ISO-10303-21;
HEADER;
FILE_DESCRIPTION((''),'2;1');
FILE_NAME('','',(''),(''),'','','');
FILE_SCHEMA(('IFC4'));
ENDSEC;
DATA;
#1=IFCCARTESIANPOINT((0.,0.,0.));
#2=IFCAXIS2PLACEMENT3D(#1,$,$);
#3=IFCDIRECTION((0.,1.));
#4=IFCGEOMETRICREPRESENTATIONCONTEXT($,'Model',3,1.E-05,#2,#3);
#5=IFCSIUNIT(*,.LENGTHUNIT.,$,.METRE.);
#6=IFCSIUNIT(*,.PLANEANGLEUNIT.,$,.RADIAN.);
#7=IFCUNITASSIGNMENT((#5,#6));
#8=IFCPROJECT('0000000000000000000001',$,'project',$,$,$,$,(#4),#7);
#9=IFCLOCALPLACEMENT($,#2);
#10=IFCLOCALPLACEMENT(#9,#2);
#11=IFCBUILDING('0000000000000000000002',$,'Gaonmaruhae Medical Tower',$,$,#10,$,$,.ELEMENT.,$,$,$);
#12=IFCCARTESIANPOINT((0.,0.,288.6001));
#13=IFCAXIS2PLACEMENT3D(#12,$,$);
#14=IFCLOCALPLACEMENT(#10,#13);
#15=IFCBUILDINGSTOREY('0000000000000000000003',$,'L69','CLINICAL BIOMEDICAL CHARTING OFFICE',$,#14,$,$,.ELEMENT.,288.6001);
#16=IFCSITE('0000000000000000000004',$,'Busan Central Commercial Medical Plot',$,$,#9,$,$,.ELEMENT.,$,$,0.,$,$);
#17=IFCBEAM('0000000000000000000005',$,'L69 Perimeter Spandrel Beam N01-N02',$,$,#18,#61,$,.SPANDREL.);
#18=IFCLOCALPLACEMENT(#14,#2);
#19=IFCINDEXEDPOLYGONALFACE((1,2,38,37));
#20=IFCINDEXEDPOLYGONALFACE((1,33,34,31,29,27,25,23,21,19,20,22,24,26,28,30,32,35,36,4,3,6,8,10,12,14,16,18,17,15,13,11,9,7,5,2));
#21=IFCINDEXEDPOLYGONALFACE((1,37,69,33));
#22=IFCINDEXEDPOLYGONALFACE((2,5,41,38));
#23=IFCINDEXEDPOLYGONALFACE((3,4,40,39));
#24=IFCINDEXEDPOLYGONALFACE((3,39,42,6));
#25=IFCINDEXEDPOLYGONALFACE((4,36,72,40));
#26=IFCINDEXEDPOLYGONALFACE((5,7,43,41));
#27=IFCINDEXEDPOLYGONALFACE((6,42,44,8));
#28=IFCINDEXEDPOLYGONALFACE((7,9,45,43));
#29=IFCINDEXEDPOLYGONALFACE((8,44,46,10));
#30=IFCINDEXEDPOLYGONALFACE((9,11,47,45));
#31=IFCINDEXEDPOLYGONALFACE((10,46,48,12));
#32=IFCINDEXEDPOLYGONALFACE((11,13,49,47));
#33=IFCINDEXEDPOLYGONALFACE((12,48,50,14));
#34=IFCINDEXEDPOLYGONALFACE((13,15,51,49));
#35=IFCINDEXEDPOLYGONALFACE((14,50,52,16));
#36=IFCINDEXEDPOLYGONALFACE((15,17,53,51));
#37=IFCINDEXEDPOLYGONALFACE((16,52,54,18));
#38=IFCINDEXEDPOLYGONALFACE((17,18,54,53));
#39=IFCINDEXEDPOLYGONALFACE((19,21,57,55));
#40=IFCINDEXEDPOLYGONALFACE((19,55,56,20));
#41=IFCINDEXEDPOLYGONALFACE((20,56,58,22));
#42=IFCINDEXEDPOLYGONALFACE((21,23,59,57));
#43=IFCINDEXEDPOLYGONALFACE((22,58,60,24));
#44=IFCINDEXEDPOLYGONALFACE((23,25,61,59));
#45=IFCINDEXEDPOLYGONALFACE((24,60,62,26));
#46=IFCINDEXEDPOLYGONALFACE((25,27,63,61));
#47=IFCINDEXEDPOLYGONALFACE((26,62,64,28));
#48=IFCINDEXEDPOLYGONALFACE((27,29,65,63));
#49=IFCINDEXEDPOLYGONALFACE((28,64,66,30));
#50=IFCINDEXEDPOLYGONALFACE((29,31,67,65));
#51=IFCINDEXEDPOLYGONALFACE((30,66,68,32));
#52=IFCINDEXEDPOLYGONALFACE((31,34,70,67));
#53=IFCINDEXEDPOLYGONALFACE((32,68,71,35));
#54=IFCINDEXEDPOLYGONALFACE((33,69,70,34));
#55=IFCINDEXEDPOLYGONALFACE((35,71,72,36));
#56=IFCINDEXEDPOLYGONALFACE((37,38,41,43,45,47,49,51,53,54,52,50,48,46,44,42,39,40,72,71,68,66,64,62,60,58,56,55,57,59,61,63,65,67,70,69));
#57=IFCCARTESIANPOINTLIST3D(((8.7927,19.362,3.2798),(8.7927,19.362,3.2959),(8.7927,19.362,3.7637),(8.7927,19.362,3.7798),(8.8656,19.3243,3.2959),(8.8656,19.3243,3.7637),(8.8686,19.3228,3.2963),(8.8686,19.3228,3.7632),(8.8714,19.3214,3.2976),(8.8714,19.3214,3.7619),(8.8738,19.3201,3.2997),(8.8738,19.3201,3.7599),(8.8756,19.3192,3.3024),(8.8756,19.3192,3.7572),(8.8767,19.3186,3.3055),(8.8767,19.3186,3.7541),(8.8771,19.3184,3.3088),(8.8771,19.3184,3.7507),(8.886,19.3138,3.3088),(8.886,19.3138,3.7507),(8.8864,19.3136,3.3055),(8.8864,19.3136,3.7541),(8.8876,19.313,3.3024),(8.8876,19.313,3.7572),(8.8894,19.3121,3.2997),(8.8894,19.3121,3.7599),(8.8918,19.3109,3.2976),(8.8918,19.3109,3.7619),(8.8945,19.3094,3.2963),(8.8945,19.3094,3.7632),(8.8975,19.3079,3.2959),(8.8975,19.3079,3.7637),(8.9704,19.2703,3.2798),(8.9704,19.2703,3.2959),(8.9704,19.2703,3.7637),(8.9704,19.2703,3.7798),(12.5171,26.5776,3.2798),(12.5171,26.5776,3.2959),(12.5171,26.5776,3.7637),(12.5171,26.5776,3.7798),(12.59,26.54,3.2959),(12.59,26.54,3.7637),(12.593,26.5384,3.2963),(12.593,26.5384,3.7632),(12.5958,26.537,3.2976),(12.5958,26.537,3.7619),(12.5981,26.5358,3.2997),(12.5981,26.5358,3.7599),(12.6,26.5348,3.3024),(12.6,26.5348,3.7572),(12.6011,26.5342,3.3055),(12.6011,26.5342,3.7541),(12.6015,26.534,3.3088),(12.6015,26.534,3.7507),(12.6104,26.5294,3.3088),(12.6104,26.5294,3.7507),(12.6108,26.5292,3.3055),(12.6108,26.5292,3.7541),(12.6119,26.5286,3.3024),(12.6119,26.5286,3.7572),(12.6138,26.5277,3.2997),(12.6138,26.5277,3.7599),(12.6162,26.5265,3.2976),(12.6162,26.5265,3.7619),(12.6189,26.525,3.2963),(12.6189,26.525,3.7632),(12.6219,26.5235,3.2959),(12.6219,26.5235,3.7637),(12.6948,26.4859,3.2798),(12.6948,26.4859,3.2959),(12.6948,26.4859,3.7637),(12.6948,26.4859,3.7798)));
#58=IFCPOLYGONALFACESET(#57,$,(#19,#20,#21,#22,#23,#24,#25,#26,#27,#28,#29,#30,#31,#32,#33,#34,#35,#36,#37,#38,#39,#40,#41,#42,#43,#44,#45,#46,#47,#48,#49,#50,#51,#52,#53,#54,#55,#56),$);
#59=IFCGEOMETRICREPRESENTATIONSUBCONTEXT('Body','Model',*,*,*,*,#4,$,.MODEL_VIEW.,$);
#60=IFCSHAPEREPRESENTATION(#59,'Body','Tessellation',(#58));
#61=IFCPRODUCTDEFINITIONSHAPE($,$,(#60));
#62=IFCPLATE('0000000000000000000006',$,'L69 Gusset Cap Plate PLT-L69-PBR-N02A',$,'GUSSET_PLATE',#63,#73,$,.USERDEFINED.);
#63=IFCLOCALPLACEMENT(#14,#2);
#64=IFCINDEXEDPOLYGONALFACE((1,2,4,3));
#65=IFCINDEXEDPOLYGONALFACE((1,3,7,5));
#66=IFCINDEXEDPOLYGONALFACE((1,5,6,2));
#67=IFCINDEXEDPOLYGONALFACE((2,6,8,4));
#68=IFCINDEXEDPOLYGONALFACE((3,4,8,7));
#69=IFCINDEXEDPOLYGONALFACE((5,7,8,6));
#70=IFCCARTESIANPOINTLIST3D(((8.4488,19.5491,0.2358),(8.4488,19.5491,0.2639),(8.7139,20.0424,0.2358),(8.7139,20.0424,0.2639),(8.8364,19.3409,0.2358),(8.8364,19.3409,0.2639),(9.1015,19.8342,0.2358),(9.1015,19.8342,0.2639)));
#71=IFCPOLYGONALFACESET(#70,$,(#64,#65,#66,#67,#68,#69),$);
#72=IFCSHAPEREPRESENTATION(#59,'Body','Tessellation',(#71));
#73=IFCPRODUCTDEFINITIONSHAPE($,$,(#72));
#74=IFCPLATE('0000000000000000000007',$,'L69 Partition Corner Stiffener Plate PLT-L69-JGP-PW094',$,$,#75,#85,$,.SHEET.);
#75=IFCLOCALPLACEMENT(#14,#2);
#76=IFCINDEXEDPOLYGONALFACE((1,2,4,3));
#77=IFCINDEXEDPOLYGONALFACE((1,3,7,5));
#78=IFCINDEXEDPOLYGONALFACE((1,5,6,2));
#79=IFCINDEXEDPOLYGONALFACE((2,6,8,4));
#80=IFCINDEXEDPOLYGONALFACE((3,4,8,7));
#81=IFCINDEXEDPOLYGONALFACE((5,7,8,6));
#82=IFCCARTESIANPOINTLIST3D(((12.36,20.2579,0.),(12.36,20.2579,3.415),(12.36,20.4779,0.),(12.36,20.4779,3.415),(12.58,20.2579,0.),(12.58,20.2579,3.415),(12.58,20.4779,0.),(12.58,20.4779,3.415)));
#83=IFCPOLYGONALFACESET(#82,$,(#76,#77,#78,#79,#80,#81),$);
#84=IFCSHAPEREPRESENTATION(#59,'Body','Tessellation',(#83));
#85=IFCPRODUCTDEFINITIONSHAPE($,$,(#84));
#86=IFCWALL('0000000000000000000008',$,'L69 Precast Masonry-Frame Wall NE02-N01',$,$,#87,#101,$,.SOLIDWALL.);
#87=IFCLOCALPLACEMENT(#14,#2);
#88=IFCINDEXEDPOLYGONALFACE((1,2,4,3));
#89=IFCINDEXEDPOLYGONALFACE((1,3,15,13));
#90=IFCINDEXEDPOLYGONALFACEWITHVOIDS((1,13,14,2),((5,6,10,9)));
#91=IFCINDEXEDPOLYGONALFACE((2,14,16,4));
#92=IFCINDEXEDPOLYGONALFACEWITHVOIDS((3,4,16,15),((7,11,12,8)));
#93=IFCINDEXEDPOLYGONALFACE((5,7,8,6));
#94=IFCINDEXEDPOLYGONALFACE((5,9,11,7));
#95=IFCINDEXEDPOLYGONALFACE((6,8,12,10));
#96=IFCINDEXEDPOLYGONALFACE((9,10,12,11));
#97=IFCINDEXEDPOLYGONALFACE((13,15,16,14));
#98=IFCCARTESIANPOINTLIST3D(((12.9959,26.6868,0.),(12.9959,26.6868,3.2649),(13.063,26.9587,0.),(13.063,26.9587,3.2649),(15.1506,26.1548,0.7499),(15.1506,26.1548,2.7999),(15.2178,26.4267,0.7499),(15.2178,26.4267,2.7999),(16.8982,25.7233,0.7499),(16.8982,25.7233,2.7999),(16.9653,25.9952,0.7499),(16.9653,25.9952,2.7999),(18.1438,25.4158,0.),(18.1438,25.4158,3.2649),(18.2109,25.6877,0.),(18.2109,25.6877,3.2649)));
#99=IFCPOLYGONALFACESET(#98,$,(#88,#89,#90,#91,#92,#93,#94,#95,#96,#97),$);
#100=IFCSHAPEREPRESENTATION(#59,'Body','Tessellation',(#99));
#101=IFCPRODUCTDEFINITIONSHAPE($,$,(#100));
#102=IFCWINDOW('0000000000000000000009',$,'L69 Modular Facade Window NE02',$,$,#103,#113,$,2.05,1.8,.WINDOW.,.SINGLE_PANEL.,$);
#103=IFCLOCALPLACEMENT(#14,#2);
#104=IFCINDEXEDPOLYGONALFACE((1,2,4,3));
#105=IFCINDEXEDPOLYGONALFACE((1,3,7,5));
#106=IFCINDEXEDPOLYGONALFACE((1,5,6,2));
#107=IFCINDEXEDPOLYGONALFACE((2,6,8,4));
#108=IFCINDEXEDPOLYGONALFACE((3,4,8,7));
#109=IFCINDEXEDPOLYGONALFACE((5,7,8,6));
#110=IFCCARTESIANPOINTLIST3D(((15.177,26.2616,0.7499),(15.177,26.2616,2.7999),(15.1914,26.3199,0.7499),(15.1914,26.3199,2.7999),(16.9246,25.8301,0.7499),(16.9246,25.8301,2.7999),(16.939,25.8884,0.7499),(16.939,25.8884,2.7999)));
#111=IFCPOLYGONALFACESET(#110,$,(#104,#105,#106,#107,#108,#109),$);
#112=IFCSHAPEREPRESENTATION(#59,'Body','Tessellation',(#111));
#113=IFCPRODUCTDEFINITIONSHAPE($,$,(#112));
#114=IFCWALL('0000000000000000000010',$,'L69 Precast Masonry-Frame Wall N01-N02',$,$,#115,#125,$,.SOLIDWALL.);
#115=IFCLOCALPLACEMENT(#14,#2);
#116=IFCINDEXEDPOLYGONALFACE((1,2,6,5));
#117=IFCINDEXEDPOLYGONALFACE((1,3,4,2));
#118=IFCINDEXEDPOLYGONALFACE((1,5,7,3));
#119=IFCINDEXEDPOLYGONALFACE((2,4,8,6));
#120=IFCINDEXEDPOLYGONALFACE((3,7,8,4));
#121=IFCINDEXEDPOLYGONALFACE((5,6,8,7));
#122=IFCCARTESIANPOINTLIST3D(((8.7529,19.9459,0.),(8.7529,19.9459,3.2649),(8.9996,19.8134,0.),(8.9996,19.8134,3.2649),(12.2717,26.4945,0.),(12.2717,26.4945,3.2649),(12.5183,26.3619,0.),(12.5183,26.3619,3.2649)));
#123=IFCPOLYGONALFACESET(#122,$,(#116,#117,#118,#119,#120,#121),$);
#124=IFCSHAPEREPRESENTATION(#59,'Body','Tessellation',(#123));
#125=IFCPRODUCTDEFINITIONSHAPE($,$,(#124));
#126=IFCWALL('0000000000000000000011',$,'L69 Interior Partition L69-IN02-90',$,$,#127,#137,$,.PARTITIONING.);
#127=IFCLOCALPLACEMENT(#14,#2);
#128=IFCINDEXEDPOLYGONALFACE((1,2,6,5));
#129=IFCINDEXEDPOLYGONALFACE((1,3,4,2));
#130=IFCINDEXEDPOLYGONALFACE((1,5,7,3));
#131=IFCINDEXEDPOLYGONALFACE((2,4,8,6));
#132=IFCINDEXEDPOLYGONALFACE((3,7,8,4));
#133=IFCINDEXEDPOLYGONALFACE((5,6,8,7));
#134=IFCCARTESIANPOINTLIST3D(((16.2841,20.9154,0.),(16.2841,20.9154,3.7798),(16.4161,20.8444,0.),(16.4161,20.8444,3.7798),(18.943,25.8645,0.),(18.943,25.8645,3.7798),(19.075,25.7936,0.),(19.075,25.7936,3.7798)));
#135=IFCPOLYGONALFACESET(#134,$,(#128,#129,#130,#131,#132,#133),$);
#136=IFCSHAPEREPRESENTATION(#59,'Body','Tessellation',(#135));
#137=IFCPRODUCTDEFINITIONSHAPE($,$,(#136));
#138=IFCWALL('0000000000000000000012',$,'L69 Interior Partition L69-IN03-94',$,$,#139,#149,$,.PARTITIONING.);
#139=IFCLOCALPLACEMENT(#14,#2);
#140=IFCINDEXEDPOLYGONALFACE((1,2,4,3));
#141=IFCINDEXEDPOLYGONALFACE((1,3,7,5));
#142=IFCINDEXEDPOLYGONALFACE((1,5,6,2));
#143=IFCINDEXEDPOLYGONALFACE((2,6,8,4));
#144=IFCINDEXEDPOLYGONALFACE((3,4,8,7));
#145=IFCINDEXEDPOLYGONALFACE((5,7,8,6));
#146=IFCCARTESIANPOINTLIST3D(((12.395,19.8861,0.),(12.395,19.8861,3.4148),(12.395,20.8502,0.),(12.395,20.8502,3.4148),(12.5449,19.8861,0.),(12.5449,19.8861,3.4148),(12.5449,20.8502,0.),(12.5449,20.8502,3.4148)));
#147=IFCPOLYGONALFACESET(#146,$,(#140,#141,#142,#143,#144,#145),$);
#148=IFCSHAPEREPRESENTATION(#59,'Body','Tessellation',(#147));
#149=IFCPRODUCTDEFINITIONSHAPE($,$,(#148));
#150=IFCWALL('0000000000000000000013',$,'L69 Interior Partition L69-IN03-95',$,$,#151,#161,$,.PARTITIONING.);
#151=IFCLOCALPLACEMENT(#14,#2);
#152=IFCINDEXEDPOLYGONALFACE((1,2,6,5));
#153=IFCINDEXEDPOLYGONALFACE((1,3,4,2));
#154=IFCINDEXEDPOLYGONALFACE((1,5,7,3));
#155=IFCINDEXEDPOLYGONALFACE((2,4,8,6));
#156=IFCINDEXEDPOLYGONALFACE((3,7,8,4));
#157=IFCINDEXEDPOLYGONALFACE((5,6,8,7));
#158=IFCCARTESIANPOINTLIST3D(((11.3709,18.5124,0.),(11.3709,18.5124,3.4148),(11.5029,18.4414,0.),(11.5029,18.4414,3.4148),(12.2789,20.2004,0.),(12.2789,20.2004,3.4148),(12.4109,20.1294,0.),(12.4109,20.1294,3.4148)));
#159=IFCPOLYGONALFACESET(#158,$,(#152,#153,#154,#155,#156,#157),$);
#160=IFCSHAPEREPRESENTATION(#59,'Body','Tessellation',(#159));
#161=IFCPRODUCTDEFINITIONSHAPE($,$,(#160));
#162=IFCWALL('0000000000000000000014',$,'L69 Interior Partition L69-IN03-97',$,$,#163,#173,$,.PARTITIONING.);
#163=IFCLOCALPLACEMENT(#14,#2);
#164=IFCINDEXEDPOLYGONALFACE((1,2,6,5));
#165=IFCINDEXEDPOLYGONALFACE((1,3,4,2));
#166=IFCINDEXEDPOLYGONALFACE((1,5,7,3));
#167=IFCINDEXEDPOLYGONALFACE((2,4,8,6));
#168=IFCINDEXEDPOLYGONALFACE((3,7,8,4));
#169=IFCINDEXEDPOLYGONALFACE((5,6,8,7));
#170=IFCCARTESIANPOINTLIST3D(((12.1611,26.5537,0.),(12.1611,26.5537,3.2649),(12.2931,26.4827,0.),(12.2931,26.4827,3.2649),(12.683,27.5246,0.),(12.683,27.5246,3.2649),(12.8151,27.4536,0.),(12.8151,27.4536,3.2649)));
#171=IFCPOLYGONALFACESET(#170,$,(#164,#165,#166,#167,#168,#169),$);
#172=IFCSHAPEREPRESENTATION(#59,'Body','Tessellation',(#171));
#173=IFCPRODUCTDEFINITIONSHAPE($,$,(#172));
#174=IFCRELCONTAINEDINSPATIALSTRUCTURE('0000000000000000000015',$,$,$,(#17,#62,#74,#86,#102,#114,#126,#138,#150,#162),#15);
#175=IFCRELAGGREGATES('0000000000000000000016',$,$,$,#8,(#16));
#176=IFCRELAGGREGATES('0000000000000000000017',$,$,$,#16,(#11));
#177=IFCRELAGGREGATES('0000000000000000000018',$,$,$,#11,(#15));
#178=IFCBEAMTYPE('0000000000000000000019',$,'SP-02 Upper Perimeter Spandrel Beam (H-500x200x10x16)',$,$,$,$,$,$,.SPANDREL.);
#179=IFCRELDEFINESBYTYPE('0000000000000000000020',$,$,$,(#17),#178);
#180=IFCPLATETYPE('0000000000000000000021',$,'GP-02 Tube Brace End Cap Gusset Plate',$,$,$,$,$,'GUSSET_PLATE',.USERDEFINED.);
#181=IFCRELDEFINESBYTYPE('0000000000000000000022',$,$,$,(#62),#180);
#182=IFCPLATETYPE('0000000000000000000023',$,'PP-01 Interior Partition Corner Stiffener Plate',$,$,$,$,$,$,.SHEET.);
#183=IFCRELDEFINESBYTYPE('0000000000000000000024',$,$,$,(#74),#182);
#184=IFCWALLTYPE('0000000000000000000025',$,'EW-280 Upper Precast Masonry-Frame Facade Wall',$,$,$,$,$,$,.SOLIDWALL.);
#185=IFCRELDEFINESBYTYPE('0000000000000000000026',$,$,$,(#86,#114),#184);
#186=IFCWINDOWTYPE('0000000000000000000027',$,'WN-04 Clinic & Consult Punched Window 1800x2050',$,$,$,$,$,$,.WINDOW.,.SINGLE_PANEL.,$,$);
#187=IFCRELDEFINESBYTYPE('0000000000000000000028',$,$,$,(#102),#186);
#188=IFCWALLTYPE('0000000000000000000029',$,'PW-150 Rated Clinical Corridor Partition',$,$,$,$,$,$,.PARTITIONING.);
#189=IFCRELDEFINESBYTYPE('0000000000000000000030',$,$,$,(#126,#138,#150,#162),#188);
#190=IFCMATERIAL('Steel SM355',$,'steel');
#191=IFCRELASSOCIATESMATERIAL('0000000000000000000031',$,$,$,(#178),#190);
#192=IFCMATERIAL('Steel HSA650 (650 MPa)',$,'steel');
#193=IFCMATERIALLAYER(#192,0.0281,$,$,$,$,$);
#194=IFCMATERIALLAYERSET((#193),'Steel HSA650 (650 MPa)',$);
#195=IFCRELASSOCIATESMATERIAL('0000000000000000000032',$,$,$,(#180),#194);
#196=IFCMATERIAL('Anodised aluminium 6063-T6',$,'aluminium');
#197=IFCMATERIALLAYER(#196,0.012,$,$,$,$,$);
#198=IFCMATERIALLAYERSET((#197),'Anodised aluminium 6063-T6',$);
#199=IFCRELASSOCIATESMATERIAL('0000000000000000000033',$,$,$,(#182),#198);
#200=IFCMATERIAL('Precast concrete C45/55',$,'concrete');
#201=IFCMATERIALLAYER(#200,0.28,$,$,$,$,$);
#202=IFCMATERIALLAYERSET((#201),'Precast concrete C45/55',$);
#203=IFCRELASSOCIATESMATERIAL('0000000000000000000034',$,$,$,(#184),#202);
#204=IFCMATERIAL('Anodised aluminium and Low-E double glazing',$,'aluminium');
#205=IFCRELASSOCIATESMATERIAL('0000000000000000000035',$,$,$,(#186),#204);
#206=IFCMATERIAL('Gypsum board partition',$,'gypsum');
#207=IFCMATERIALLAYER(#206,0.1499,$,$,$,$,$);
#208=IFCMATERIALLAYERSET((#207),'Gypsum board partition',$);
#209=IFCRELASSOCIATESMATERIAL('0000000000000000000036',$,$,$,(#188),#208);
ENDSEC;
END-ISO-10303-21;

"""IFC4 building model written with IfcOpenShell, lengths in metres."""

from ifc_helpers import new_model, si_unit, direction, frame, frame_2d, origin, origin_2d, place, context, subcontext, project, spatial, rectangle, i_section, extrude, material, layer, layer_set, material_profile, profile_set, type_object, element, fill, save


model = new_model("IFC4")

# Units and contexts
model_context = context("Model", 3, precision=1e-05, world=origin(), true_north=direction((0.0, 1.0)))
body_context = subcontext(model_context, "Body", "Model", "MODEL_VIEW")
ifc_project = project(units=[si_unit("LENGTHUNIT", "METRE"), si_unit("PLANEANGLEUNIT", "RADIAN")], contexts=[model_context])

# Site, building, storey
site_placement = place(None, origin())
site = spatial("IfcSite", under=ifc_project, at=site_placement, Name="Busan Central Commercial Medical Plot", CompositionType="ELEMENT", RefElevation=0.0)
building_placement = place(site_placement, origin())
building = spatial("IfcBuilding", under=site, at=building_placement, Name="Gaonmaruhae Medical Tower", CompositionType="ELEMENT")
storey_placement = place(building_placement, frame((0.0, 0.0, 288.6001)))
storey = spatial("IfcBuildingStorey", under=building, at=storey_placement, Name="L69", Description="CLINICAL BIOMEDICAL CHARTING OFFICE", CompositionType="ELEMENT", Elevation=288.6001)

# Shared definitions
ifc_material_1 = material(Name="Steel SM355", Category="steel")

# Beam
ifc_material_profile_1 = material_profile(ifc_material_1, i_section(OverallWidth=0.2, OverallDepth=0.5, WebThickness=0.01, FlangeThickness=0.0161, FilletRadius=0.0129, at=origin_2d()), Name="H-500x200x10x16")
ifc_profile_set_1 = profile_set([ifc_material_profile_1], Name="Steel SM355")
beam_type_1 = type_object("IfcBeamType", Name="SP-02 Upper Perimeter Spandrel Beam (H-500x200x10x16)", PredefinedType="SPANDREL", material=ifc_profile_set_1)
beam_1_placement = place(storey_placement, frame((12.606, 26.5317, 3.5298), z_axis=(-0.458662, -0.888611, 0.0), x_axis=(0.888611, -0.458662, 0.0)))
element("IfcBeam", 1, at=beam_1_placement, inside=storey, type_object=beam_type_1, Name="L69 Perimeter Spandrel Beam N01-N02", PredefinedType="SPANDREL", context=body_context, shape_type="SweptSolid", body=[
    extrude(i_section(OverallWidth=0.2, OverallDepth=0.5, WebThickness=0.01, FlangeThickness=0.0161, FilletRadius=0.0129, at=origin_2d()), origin(), (0.0, 0.0, 1.0), 8.1201),
])

# Plates
ifc_material_2 = material(Name="Steel HSA650 (650 MPa)", Category="steel")
ifc_layer_1 = layer(ifc_material_2, 0.0281)
ifc_layer_set_1 = layer_set([ifc_layer_1], Name="Steel HSA650 (650 MPa)")
plate_type_1 = type_object("IfcPlateType", Name="GP-02 Tube Brace End Cap Gusset Plate", ElementType="GUSSET_PLATE", PredefinedType="USERDEFINED", material=ifc_layer_set_1)
plate_1_placement = place(storey_placement, frame((8.7751, 19.6917, 0.2358), z_axis=(0.0, 0.0, 1.0), x_axis=(0.47332, 0.880891, 0.0)))
element("IfcPlate", 2, at=plate_1_placement, inside=storey, type_object=plate_type_1, Name="L69 Gusset Cap Plate PLT-L69-PBR-N02A", ObjectType="GUSSET_PLATE", PredefinedType="USERDEFINED", context=body_context, shape_type="SweptSolid", body=[
    extrude(rectangle(XDim=0.5601, YDim=0.4399, at=origin_2d()), origin(), (0.0, 0.0, 1.0), 0.0281),
])
ifc_material_3 = material(Name="Anodised aluminium 6063-T6", Category="aluminium")
ifc_layer_2 = layer(ifc_material_3, 0.012)
ifc_layer_set_2 = layer_set([ifc_layer_2], Name="Anodised aluminium 6063-T6")
plate_type_2 = type_object("IfcPlateType", Name="PP-01 Interior Partition Corner Stiffener Plate", PredefinedType="SHEET", material=ifc_layer_set_2)
plate_2_placement = place(storey_placement, frame((12.47, 20.3679, 0.0), z_axis=(0.0, 0.0, 1.0), x_axis=(0.0, -1.0, 0.0)))
element("IfcPlate", 3, at=plate_2_placement, inside=storey, type_object=plate_type_2, Name="L69 Partition Corner Stiffener Plate PLT-L69-JGP-PW094", PredefinedType="SHEET", context=body_context, shape_type="SweptSolid", body=[
    extrude(rectangle(XDim=0.22, YDim=0.22, at=origin_2d()), origin(), (0.0, 0.0, 1.0), 3.415),
])

# Wall, opening, window
ifc_material_4 = material(Name="Precast concrete C45/55", Category="concrete")
ifc_layer_3 = layer(ifc_material_4, 0.28)
ifc_layer_set_3 = layer_set([ifc_layer_3], Name="Precast concrete C45/55")
wall_type_1 = type_object("IfcWallType", Name="EW-280 Upper Precast Masonry-Frame Facade Wall", PredefinedType="SOLIDWALL", material=ifc_layer_set_3)
wall_1_placement = place(storey_placement, frame((13.0293, 26.8228, 0.0), z_axis=(0.0, 0.0, 1.0), x_axis=(0.970848, -0.239696, 0.0)))
wall_1 = element("IfcWall", 4, at=wall_1_placement, inside=storey, type_object=wall_type_1, Name="L69 Precast Masonry-Frame Wall NE02-N01", PredefinedType="SOLIDWALL", context=body_context, shape_type="SweptSolid", body=[
    extrude(rectangle(XDim=5.3025, YDim=0.28, at=frame_2d((2.6514, 0.0))), origin(), (0.0, 0.0, 1.0), 3.2649),
])
opening_1_placement = place(wall_1_placement, frame((2.2197, 0.0, 0.75)))
opening_1 = element("IfcOpeningElement", 5, at=opening_1_placement, cuts=wall_1, PredefinedType="OPENING", context=body_context, shape_type="SweptSolid", body=[
    extrude(rectangle(XDim=1.8, YDim=2.05, at=frame_2d((0.8999, 1.0249))), frame((0.0, 0.1499, 0.0), z_axis=(0.0, -1.0, 0.0), x_axis=(1.0, 0.0, 0.0)), (0.0, 0.0, 1.0), 0.3),
])
ifc_material_5 = material(Name="Anodised aluminium and Low-E double glazing", Category="aluminium")
window_type = type_object("IfcWindowType", Name="WN-04 Clinic & Consult Punched Window 1800x2050", PartitioningType="SINGLE_PANEL", PredefinedType="WINDOW", material=ifc_material_5)
window_placement = place(opening_1_placement, origin())
window = element("IfcWindow", 6, at=window_placement, inside=storey, type_object=window_type, Name="L69 Modular Facade Window NE02", OverallHeight=2.05, OverallWidth=1.8, PartitioningType="SINGLE_PANEL", PredefinedType="WINDOW", context=body_context, shape_type="SweptSolid", body=[
    extrude(rectangle(XDim=1.8, YDim=2.05, at=frame_2d((0.8999, 1.0249))), frame((0.0, 0.03, 0.0), z_axis=(0.0, -1.0, 0.0), x_axis=(1.0, 0.0, 0.0)), (0.0, 0.0, 1.0), 0.0601),
])
fill(opening_1, window)

# Walls
wall_2_placement = place(storey_placement, frame((8.8762, 19.8796, 0.0), z_axis=(0.0, 0.0, 1.0), x_axis=(0.473332, 0.880884, 0.0)))
element("IfcWall", 7, at=wall_2_placement, inside=storey, type_object=wall_type_1, Name="L69 Precast Masonry-Frame Wall N01-N02", PredefinedType="SOLIDWALL", context=body_context, shape_type="SweptSolid", body=[
    extrude(rectangle(XDim=7.4341, YDim=0.28, at=frame_2d((3.717, 0.0))), origin(), (0.0, 0.0, 1.0), 3.2649),
])
ifc_material_6 = material(Name="Gypsum board partition", Category="gypsum")
ifc_layer_4 = layer(ifc_material_6, 0.1499)
ifc_layer_set_4 = layer_set([ifc_layer_4], Name="Gypsum board partition")
wall_type_2 = type_object("IfcWallType", Name="PW-150 Rated Clinical Corridor Partition", PredefinedType="PARTITIONING", material=ifc_layer_set_4)
wall_3_placement = place(storey_placement, frame((16.3501, 20.8799, 0.0), z_axis=(0.0, 0.0, 1.0), x_axis=(0.473268, 0.880919, 0.0)))
element("IfcWall", 8, at=wall_3_placement, inside=storey, type_object=wall_type_2, Name="L69 Interior Partition L69-IN02-90", PredefinedType="PARTITIONING", context=body_context, shape_type="SweptSolid", body=[
    extrude(rectangle(XDim=5.6182, YDim=0.1499, at=frame_2d((2.8091, 0.0))), origin(), (0.0, 0.0, 1.0), 3.7798),
])
wall_4_placement = place(storey_placement, frame((12.47, 20.8501, 0.0), z_axis=(0.0, 0.0, 1.0), x_axis=(0.0, -1.0, 0.0)))
element("IfcWall", 9, at=wall_4_placement, inside=storey, type_object=wall_type_2, Name="L69 Interior Partition L69-IN03-94", PredefinedType="PARTITIONING", context=body_context, shape_type="SweptSolid", body=[
    extrude(rectangle(XDim=0.9641, YDim=0.1499, at=frame_2d((0.4819, 0.0))), origin(), (0.0, 0.0, 1.0), 3.4148),
])
wall_5_placement = place(storey_placement, frame((12.345, 20.165, 0.0), z_axis=(0.0, 0.0, 1.0), x_axis=(-0.473712, -0.88068, 0.0)))
element("IfcWall", 10, at=wall_5_placement, inside=storey, type_object=wall_type_2, Name="L69 Interior Partition L69-IN03-95", PredefinedType="PARTITIONING", context=body_context, shape_type="SweptSolid", body=[
    extrude(rectangle(XDim=1.9167, YDim=0.1499, at=frame_2d((0.9585, 0.0))), origin(), (0.0, 0.0, 1.0), 3.4148),
])
wall_6_placement = place(storey_placement, frame((12.2271, 26.5181, 0.0), z_axis=(0.0, 0.0, 1.0), x_axis=(0.473505, 0.880791, 0.0)))
element("IfcWall", 11, at=wall_6_placement, inside=storey, type_object=wall_type_2, Name="L69 Interior Partition L69-IN03-97", PredefinedType="PARTITIONING", context=body_context, shape_type="SweptSolid", body=[
    extrude(rectangle(XDim=1.1023, YDim=0.1499, at=frame_2d((0.5513, 0.0))), origin(), (0.0, 0.0, 1.0), 3.2649),
])

save(model, "model.ifc")
